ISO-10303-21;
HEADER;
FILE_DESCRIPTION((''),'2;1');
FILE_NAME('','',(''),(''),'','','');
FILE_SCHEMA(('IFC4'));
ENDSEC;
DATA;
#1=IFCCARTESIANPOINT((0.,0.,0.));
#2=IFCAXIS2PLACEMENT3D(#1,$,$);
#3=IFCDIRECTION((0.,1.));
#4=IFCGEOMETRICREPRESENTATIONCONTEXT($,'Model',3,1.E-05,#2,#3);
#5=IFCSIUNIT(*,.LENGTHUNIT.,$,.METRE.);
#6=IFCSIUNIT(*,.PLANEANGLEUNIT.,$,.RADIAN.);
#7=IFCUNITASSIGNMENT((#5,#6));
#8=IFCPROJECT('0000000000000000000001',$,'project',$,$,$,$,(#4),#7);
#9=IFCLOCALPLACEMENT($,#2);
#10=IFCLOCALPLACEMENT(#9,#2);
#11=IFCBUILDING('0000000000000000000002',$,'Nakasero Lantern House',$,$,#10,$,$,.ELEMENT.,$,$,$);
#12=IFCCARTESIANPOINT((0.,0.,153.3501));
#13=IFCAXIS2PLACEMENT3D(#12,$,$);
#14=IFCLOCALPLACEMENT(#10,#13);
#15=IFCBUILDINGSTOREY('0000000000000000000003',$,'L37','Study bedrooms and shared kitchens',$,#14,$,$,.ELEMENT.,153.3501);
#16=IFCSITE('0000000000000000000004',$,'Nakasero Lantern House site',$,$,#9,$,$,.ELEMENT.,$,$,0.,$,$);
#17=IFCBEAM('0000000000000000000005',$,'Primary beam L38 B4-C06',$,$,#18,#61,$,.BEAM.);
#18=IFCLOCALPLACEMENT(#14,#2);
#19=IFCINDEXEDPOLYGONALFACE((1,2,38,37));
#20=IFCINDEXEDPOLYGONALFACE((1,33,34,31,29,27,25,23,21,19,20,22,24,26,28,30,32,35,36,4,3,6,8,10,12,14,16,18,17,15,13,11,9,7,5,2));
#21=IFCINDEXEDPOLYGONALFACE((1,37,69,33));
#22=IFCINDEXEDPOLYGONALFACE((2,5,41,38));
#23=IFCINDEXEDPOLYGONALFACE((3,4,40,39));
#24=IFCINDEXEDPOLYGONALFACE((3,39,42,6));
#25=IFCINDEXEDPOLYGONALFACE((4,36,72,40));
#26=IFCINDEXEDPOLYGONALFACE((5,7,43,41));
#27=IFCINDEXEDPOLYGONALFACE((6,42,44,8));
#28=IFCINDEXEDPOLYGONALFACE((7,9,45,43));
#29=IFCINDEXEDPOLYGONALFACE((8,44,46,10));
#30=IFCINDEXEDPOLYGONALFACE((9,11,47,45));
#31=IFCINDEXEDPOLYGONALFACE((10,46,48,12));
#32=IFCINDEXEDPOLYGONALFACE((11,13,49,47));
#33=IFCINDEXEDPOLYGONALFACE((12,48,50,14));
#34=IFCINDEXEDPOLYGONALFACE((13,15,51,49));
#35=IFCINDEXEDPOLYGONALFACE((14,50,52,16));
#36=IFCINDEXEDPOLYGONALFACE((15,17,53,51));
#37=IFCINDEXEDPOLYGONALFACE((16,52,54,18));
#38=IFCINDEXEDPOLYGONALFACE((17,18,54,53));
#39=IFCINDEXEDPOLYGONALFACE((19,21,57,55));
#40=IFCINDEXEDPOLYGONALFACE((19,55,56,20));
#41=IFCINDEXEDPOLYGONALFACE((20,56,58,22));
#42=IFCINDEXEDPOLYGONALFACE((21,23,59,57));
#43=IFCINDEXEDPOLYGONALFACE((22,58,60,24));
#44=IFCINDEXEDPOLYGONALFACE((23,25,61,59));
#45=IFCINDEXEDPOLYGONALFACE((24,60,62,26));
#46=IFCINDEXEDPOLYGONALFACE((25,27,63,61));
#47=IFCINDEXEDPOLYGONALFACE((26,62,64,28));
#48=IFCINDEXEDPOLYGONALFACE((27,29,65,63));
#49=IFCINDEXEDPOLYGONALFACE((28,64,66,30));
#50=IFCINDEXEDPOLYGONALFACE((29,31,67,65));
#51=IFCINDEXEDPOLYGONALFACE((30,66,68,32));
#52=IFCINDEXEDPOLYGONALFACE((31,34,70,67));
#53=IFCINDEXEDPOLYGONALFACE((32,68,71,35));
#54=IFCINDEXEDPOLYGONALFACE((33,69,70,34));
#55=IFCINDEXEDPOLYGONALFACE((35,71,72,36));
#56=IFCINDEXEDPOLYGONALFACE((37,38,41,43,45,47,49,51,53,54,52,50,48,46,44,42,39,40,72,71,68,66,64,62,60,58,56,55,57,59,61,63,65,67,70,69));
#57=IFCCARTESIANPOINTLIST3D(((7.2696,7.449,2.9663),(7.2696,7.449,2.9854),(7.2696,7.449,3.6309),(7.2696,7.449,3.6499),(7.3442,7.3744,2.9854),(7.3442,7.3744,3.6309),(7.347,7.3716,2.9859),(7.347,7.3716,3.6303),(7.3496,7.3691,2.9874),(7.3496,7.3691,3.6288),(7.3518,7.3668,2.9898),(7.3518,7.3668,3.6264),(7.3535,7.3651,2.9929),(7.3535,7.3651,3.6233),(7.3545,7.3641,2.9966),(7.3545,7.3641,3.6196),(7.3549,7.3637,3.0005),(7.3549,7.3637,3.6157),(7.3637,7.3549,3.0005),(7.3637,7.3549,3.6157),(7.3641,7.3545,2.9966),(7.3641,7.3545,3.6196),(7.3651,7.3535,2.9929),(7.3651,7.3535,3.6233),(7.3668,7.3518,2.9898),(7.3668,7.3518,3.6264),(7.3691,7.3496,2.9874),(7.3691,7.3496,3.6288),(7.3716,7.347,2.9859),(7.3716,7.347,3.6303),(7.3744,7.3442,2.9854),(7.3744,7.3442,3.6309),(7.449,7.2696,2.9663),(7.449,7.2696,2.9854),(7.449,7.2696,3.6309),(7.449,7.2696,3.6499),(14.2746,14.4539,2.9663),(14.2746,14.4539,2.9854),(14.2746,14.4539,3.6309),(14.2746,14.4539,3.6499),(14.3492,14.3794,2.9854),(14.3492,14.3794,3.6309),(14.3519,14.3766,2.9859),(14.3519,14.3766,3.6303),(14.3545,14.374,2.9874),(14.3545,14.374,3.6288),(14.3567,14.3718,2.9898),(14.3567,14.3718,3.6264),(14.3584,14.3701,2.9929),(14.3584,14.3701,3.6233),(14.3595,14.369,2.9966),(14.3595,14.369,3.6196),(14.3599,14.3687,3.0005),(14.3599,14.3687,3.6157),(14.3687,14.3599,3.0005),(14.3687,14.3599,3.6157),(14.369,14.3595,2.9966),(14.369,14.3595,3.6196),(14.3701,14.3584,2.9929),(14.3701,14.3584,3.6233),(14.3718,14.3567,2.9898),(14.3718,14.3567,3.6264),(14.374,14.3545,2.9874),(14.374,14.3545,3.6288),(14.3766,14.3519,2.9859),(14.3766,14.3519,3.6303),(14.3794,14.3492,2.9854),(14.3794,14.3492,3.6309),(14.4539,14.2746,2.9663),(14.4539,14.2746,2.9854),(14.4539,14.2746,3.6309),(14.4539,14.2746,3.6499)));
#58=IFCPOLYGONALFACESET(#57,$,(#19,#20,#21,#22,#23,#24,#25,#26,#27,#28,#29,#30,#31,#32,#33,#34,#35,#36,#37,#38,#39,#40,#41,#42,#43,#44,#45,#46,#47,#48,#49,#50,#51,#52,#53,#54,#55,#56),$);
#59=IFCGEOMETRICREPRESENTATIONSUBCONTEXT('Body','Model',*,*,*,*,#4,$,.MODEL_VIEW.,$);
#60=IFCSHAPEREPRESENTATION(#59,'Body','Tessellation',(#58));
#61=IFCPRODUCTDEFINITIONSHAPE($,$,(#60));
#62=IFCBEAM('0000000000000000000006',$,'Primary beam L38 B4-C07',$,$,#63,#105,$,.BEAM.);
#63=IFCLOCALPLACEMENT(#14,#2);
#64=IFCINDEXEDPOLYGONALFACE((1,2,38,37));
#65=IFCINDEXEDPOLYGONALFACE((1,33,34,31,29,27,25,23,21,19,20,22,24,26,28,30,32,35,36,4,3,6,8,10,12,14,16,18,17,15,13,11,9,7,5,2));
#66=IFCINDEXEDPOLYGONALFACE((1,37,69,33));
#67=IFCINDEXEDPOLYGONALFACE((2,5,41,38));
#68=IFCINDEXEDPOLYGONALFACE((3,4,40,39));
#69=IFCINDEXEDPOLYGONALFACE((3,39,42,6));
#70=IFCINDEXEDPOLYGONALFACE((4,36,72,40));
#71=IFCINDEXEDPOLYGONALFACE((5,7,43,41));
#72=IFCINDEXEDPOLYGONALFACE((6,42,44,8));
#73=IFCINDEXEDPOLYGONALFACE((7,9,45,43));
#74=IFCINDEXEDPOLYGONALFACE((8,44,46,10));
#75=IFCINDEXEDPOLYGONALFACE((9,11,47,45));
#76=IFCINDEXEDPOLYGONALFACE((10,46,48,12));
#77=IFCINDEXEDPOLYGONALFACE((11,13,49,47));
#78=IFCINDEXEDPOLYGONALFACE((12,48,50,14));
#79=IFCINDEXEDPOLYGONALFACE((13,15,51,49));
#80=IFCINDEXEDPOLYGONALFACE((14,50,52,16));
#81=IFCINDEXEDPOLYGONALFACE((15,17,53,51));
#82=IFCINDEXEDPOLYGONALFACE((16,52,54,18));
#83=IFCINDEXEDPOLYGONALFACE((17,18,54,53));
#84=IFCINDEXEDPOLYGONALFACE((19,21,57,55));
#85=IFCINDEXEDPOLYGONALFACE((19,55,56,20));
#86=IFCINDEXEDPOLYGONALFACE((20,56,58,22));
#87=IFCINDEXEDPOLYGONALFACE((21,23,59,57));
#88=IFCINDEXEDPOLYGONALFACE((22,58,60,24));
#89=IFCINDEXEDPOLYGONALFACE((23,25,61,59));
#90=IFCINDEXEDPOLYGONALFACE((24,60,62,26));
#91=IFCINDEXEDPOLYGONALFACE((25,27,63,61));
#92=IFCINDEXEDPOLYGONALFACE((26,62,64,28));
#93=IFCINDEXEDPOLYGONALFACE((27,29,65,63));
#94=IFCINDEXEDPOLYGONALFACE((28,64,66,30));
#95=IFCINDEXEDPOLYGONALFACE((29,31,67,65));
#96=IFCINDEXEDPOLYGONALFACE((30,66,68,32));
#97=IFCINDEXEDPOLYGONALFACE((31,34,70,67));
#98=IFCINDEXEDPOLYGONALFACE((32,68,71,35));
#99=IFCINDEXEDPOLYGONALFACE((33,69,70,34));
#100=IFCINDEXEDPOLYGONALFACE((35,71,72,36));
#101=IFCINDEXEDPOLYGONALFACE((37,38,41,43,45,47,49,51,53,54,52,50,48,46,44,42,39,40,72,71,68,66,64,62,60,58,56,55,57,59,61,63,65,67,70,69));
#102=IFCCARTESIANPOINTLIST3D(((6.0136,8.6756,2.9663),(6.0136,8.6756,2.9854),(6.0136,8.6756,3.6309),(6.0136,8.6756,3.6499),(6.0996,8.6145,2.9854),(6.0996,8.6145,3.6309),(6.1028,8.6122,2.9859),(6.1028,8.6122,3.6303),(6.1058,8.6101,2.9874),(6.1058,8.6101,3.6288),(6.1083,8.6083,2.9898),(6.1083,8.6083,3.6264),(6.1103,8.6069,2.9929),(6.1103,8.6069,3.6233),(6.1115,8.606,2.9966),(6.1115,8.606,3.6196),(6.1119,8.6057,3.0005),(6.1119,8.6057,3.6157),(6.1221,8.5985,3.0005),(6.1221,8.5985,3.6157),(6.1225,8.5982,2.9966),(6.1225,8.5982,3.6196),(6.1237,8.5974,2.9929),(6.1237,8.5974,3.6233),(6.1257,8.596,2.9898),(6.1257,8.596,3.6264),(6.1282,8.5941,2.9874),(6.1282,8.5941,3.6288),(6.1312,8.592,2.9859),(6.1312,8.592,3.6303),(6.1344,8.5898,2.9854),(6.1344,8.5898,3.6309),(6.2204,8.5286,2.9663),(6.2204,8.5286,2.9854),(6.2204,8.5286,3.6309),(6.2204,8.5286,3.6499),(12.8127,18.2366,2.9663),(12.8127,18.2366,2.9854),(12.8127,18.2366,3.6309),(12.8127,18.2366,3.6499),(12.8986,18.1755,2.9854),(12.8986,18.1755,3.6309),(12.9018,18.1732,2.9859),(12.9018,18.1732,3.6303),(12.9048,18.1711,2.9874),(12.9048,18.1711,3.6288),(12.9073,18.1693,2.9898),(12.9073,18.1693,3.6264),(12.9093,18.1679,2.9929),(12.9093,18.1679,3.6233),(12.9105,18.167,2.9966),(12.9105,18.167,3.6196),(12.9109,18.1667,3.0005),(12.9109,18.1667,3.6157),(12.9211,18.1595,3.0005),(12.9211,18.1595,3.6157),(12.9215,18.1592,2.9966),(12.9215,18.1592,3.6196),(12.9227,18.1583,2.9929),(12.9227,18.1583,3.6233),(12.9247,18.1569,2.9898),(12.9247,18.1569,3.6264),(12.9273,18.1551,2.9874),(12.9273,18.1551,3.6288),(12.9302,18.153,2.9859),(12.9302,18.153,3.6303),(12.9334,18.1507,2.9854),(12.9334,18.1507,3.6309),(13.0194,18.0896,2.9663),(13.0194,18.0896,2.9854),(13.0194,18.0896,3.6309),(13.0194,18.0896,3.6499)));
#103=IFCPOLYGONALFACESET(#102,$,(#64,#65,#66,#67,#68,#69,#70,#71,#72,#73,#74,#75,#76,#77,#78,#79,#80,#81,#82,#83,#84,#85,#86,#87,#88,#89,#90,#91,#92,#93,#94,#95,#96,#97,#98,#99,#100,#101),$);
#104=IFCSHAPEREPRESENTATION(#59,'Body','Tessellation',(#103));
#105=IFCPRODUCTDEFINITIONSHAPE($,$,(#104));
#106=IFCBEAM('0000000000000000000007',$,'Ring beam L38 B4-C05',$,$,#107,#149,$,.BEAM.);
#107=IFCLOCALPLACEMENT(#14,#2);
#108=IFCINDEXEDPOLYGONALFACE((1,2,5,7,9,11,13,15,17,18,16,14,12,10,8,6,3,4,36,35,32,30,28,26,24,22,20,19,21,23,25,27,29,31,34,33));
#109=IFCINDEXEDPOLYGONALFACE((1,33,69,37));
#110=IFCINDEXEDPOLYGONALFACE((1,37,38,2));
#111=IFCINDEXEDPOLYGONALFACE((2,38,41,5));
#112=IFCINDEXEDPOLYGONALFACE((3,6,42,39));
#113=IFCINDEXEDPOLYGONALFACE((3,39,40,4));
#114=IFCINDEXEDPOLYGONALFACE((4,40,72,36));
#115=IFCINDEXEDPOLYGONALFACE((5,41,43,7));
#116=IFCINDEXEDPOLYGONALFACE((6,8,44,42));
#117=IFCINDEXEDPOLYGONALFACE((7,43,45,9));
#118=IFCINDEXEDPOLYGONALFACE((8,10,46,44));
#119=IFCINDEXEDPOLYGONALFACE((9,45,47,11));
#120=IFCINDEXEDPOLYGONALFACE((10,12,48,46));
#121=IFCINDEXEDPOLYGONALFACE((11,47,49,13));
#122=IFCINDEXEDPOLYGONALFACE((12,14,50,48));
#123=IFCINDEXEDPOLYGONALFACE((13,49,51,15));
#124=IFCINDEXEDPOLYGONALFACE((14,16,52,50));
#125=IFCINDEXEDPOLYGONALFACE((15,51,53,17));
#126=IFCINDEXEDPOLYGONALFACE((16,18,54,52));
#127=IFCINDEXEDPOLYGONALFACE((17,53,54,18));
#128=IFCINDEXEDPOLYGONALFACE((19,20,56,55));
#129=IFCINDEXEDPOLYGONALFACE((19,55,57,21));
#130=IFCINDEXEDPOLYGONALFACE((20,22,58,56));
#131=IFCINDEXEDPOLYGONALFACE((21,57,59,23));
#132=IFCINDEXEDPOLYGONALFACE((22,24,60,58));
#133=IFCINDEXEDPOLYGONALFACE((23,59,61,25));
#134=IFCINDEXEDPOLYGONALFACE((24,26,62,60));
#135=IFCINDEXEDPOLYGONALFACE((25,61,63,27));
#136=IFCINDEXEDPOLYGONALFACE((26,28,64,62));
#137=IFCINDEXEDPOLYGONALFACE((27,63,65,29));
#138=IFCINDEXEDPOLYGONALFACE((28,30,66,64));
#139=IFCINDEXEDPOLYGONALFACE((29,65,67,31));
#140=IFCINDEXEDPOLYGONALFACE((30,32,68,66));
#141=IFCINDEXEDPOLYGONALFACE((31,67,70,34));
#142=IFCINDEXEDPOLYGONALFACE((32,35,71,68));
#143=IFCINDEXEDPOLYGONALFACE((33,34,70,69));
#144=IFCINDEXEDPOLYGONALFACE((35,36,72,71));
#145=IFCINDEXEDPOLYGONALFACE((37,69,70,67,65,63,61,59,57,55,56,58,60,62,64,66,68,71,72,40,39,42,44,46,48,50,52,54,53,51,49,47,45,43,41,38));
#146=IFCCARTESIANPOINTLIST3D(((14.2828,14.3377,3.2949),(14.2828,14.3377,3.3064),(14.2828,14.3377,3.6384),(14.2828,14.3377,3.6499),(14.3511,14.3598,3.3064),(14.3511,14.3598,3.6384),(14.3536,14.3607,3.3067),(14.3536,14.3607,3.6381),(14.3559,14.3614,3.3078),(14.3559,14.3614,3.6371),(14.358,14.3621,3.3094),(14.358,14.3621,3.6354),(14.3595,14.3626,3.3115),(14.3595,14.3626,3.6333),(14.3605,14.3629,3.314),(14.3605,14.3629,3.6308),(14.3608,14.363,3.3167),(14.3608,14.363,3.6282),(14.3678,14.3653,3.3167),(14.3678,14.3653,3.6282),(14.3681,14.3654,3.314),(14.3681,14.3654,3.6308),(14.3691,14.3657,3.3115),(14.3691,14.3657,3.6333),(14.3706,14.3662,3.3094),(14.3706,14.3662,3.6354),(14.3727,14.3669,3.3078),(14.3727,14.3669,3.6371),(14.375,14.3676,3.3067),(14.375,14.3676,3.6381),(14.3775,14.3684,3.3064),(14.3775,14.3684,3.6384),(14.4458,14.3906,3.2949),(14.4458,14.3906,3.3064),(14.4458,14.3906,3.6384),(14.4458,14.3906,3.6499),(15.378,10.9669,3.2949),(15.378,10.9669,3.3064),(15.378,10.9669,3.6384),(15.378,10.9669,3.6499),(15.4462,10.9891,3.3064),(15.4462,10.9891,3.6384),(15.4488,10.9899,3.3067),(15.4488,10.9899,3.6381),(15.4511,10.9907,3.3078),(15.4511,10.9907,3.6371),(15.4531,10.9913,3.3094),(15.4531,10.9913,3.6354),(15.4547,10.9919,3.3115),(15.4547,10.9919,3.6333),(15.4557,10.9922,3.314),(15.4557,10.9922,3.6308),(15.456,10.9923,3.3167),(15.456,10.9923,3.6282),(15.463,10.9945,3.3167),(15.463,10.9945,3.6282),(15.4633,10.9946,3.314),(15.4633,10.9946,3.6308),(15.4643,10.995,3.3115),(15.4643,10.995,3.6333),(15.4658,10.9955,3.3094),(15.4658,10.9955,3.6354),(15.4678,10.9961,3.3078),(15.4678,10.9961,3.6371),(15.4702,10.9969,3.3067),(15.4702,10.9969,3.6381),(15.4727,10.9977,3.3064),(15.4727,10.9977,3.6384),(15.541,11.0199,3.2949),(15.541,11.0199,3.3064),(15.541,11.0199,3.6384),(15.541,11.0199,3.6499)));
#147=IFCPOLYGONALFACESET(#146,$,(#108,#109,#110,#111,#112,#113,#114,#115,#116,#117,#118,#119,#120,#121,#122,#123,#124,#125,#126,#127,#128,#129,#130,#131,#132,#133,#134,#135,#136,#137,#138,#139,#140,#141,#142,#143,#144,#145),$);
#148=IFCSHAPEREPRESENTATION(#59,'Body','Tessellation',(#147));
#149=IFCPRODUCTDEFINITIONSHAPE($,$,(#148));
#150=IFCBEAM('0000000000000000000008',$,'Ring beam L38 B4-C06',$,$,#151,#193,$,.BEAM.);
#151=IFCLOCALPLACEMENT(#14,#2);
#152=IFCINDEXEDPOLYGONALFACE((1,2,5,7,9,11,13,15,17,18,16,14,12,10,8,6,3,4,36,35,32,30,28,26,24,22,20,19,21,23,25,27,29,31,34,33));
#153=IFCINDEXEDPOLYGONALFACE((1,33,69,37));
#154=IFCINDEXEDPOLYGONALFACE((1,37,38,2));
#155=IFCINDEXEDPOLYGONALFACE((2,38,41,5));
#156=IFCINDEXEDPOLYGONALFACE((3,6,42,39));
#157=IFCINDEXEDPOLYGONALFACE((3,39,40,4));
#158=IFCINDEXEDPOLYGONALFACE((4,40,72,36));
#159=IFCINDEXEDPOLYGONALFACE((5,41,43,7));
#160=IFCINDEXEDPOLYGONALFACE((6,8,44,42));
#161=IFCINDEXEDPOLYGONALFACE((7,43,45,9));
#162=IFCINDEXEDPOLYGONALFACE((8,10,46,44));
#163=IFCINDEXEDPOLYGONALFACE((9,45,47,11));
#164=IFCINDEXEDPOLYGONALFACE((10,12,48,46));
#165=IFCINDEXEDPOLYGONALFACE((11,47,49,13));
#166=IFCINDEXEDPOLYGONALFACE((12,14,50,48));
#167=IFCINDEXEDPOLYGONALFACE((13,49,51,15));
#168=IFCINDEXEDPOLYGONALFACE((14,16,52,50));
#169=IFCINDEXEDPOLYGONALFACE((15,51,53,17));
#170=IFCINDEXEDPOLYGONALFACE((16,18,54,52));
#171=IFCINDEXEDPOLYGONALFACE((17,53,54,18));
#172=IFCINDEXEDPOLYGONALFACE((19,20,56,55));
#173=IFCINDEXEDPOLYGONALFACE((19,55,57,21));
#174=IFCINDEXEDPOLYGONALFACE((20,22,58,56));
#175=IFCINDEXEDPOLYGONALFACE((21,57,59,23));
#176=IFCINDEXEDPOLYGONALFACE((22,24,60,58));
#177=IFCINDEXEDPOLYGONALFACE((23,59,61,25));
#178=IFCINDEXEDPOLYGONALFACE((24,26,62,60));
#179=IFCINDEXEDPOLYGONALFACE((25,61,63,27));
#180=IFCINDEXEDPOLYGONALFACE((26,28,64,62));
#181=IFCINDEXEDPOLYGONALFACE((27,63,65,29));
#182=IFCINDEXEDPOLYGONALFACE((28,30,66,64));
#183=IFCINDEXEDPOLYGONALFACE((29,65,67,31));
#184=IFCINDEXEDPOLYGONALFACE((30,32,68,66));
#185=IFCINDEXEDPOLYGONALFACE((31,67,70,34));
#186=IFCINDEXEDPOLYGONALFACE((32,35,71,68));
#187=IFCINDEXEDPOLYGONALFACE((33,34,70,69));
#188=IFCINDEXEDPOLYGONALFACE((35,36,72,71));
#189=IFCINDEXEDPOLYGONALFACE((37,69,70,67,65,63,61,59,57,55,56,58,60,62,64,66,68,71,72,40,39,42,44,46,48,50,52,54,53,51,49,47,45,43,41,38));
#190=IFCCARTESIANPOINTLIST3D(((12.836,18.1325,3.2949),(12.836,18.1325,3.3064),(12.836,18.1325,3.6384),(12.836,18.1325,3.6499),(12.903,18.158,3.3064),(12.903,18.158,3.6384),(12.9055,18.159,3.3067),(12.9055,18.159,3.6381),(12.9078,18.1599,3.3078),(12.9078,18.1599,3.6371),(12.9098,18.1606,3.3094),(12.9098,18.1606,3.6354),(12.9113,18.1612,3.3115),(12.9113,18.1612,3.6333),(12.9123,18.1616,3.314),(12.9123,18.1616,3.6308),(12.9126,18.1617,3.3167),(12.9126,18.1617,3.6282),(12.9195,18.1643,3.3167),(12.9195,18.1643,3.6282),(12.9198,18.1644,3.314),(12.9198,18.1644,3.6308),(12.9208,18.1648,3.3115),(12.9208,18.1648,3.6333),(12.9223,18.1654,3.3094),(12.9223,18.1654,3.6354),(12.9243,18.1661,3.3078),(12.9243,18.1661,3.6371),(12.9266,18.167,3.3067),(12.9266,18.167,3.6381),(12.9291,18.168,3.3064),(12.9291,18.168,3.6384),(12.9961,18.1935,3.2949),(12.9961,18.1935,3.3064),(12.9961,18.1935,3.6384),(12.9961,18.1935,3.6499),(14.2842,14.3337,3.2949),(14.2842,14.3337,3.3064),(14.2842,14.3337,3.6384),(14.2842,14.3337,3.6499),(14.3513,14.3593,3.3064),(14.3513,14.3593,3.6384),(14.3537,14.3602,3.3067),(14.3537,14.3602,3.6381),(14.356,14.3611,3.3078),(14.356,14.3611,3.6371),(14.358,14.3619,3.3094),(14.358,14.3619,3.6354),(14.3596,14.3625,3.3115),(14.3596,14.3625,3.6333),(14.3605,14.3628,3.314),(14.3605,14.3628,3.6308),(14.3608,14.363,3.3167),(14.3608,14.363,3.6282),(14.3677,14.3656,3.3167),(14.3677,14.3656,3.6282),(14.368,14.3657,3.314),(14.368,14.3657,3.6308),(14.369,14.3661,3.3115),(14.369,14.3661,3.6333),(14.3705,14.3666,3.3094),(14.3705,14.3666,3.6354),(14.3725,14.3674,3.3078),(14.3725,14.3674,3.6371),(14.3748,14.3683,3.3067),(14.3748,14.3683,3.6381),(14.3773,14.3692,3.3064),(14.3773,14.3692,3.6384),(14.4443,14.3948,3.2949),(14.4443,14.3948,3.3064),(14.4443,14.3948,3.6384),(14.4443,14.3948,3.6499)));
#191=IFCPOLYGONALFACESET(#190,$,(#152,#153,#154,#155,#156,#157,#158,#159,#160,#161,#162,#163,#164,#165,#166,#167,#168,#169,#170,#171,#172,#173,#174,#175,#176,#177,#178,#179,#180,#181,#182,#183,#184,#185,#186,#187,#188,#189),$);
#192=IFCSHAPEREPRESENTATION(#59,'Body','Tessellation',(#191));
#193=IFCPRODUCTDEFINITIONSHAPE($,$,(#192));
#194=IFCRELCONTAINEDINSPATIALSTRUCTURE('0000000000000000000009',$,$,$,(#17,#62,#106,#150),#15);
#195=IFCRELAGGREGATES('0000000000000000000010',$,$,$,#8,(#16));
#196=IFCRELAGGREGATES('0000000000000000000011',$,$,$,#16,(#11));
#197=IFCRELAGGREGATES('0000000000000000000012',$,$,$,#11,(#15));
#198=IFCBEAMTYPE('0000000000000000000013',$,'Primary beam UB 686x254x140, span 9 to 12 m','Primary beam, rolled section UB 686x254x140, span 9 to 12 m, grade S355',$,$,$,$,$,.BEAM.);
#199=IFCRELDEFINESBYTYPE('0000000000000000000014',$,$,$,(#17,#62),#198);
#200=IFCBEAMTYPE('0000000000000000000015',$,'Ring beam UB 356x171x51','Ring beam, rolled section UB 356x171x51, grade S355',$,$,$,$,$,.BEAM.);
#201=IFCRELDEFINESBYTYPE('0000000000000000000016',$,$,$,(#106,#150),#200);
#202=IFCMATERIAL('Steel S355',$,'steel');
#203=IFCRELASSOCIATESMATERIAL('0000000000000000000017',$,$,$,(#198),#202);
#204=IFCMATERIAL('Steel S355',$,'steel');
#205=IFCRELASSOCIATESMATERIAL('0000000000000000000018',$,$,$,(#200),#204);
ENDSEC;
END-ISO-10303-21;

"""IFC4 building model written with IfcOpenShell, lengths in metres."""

from ifc_helpers import new_model, si_unit, direction, frame, origin, origin_2d, place, context, subcontext, project, spatial, i_section, extrude, material, material_profile, profile_set, type_object, element, save


model = new_model("IFC4")

# Units and contexts
model_context = context("Model", 3, precision=1e-05, world=origin(), true_north=direction((0.0, 1.0)))
body_context = subcontext(model_context, "Body", "Model", "MODEL_VIEW")
ifc_project = project(units=[si_unit("LENGTHUNIT", "METRE"), si_unit("PLANEANGLEUNIT", "RADIAN")], contexts=[model_context])

# Site, building, storey
site_placement = place(None, origin())
site = spatial("IfcSite", under=ifc_project, at=site_placement, Name="Nakasero Lantern House site", CompositionType="ELEMENT", RefElevation=0.0)
building_placement = place(site_placement, origin())
building = spatial("IfcBuilding", under=site, at=building_placement, Name="Nakasero Lantern House", CompositionType="ELEMENT")
storey_placement = place(building_placement, frame((0.0, 0.0, 153.3501)))
storey = spatial("IfcBuildingStorey", under=building, at=storey_placement, Name="L37", Description="Study bedrooms and shared kitchens", CompositionType="ELEMENT", Elevation=153.3501)

# Beams
ifc_material_1 = material(Name="Steel S355", Category="steel")
ifc_material_profile_1 = material_profile(ifc_material_1, i_section(OverallWidth=0.2537, OverallDepth=0.6836, WebThickness=0.0125, FlangeThickness=0.019, FilletRadius=0.0151, at=origin_2d()), Name="UB 686x254x140")
ifc_profile_set_1 = profile_set([ifc_material_profile_1], Name="Steel S355")
beam_type_1 = type_object("IfcBeamType", Name="Primary beam UB 686x254x140, span 9 to 12 m", Description="Primary beam, rolled section UB 686x254x140, span 9 to 12 m, grade S355", PredefinedType="BEAM", material=ifc_profile_set_1)
beam_1_placement = place(storey_placement, frame((14.3643, 14.3643, 3.3081), z_axis=(-0.707107, -0.707107, 0.0), x_axis=(0.707107, -0.707107, 0.0)))
element("IfcBeam", 1, at=beam_1_placement, inside=storey, type_object=beam_type_1, Name="Primary beam L38 B4-C06", PredefinedType="BEAM", context=body_context, shape_type="SweptSolid", body=[
    extrude(i_section(OverallWidth=0.2537, OverallDepth=0.6836, WebThickness=0.0125, FlangeThickness=0.019, FilletRadius=0.0151, at=origin_2d()), origin(), (0.0, 0.0, 1.0), 9.9065),
])
beam_2_placement = place(storey_placement, frame((12.916, 18.1631, 3.3081), z_axis=(-0.57953, -0.814951, 0.0), x_axis=(0.814951, -0.57953, 0.0)))
element("IfcBeam", 2, at=beam_2_placement, inside=storey, type_object=beam_type_1, Name="Primary beam L38 B4-C07", PredefinedType="BEAM", context=body_context, shape_type="SweptSolid", body=[
    extrude(i_section(OverallWidth=0.2537, OverallDepth=0.6836, WebThickness=0.0125, FlangeThickness=0.019, FilletRadius=0.0151, at=origin_2d()), origin(), (0.0, 0.0, 1.0), 11.7319),
])
ifc_material_2 = material(Name="Steel S355", Category="steel")
ifc_material_profile_2 = material_profile(ifc_material_2, i_section(OverallWidth=0.1714, OverallDepth=0.355, WebThickness=0.0073, FlangeThickness=0.0115, FilletRadius=0.0103, at=origin_2d()), Name="UB 356x171x51")
ifc_profile_set_2 = profile_set([ifc_material_profile_2], Name="Steel S355")
beam_type_2 = type_object("IfcBeamType", Name="Ring beam UB 356x171x51", Description="Ring beam, rolled section UB 356x171x51, grade S355", PredefinedType="BEAM", material=ifc_profile_set_2)
beam_3_placement = place(storey_placement, frame((15.4595, 10.9934, 3.4724), z_axis=(-0.309007, 0.95106, 0.0), x_axis=(-0.95106, -0.309007, 0.0)))
element("IfcBeam", 3, at=beam_3_placement, inside=storey, type_object=beam_type_2, Name="Ring beam L38 B4-C05", PredefinedType="BEAM", context=body_context, shape_type="SweptSolid", body=[
    extrude(i_section(OverallWidth=0.1714, OverallDepth=0.355, WebThickness=0.0073, FlangeThickness=0.0115, FilletRadius=0.0103, at=origin_2d()), origin(), (0.0, 0.0, 1.0), 3.5442),
])
beam_4_placement = place(storey_placement, frame((14.3643, 14.3643, 3.4724), z_axis=(-0.356225, 0.9344, 0.0), x_axis=(-0.9344, -0.356225, 0.0)))
element("IfcBeam", 4, at=beam_4_placement, inside=storey, type_object=beam_type_2, Name="Ring beam L38 B4-C06", PredefinedType="BEAM", context=body_context, shape_type="SweptSolid", body=[
    extrude(i_section(OverallWidth=0.1714, OverallDepth=0.355, WebThickness=0.0073, FlangeThickness=0.0115, FilletRadius=0.0103, at=origin_2d()), origin(), (0.0, 0.0, 1.0), 4.0654),
])

save(model, "model.ifc")
